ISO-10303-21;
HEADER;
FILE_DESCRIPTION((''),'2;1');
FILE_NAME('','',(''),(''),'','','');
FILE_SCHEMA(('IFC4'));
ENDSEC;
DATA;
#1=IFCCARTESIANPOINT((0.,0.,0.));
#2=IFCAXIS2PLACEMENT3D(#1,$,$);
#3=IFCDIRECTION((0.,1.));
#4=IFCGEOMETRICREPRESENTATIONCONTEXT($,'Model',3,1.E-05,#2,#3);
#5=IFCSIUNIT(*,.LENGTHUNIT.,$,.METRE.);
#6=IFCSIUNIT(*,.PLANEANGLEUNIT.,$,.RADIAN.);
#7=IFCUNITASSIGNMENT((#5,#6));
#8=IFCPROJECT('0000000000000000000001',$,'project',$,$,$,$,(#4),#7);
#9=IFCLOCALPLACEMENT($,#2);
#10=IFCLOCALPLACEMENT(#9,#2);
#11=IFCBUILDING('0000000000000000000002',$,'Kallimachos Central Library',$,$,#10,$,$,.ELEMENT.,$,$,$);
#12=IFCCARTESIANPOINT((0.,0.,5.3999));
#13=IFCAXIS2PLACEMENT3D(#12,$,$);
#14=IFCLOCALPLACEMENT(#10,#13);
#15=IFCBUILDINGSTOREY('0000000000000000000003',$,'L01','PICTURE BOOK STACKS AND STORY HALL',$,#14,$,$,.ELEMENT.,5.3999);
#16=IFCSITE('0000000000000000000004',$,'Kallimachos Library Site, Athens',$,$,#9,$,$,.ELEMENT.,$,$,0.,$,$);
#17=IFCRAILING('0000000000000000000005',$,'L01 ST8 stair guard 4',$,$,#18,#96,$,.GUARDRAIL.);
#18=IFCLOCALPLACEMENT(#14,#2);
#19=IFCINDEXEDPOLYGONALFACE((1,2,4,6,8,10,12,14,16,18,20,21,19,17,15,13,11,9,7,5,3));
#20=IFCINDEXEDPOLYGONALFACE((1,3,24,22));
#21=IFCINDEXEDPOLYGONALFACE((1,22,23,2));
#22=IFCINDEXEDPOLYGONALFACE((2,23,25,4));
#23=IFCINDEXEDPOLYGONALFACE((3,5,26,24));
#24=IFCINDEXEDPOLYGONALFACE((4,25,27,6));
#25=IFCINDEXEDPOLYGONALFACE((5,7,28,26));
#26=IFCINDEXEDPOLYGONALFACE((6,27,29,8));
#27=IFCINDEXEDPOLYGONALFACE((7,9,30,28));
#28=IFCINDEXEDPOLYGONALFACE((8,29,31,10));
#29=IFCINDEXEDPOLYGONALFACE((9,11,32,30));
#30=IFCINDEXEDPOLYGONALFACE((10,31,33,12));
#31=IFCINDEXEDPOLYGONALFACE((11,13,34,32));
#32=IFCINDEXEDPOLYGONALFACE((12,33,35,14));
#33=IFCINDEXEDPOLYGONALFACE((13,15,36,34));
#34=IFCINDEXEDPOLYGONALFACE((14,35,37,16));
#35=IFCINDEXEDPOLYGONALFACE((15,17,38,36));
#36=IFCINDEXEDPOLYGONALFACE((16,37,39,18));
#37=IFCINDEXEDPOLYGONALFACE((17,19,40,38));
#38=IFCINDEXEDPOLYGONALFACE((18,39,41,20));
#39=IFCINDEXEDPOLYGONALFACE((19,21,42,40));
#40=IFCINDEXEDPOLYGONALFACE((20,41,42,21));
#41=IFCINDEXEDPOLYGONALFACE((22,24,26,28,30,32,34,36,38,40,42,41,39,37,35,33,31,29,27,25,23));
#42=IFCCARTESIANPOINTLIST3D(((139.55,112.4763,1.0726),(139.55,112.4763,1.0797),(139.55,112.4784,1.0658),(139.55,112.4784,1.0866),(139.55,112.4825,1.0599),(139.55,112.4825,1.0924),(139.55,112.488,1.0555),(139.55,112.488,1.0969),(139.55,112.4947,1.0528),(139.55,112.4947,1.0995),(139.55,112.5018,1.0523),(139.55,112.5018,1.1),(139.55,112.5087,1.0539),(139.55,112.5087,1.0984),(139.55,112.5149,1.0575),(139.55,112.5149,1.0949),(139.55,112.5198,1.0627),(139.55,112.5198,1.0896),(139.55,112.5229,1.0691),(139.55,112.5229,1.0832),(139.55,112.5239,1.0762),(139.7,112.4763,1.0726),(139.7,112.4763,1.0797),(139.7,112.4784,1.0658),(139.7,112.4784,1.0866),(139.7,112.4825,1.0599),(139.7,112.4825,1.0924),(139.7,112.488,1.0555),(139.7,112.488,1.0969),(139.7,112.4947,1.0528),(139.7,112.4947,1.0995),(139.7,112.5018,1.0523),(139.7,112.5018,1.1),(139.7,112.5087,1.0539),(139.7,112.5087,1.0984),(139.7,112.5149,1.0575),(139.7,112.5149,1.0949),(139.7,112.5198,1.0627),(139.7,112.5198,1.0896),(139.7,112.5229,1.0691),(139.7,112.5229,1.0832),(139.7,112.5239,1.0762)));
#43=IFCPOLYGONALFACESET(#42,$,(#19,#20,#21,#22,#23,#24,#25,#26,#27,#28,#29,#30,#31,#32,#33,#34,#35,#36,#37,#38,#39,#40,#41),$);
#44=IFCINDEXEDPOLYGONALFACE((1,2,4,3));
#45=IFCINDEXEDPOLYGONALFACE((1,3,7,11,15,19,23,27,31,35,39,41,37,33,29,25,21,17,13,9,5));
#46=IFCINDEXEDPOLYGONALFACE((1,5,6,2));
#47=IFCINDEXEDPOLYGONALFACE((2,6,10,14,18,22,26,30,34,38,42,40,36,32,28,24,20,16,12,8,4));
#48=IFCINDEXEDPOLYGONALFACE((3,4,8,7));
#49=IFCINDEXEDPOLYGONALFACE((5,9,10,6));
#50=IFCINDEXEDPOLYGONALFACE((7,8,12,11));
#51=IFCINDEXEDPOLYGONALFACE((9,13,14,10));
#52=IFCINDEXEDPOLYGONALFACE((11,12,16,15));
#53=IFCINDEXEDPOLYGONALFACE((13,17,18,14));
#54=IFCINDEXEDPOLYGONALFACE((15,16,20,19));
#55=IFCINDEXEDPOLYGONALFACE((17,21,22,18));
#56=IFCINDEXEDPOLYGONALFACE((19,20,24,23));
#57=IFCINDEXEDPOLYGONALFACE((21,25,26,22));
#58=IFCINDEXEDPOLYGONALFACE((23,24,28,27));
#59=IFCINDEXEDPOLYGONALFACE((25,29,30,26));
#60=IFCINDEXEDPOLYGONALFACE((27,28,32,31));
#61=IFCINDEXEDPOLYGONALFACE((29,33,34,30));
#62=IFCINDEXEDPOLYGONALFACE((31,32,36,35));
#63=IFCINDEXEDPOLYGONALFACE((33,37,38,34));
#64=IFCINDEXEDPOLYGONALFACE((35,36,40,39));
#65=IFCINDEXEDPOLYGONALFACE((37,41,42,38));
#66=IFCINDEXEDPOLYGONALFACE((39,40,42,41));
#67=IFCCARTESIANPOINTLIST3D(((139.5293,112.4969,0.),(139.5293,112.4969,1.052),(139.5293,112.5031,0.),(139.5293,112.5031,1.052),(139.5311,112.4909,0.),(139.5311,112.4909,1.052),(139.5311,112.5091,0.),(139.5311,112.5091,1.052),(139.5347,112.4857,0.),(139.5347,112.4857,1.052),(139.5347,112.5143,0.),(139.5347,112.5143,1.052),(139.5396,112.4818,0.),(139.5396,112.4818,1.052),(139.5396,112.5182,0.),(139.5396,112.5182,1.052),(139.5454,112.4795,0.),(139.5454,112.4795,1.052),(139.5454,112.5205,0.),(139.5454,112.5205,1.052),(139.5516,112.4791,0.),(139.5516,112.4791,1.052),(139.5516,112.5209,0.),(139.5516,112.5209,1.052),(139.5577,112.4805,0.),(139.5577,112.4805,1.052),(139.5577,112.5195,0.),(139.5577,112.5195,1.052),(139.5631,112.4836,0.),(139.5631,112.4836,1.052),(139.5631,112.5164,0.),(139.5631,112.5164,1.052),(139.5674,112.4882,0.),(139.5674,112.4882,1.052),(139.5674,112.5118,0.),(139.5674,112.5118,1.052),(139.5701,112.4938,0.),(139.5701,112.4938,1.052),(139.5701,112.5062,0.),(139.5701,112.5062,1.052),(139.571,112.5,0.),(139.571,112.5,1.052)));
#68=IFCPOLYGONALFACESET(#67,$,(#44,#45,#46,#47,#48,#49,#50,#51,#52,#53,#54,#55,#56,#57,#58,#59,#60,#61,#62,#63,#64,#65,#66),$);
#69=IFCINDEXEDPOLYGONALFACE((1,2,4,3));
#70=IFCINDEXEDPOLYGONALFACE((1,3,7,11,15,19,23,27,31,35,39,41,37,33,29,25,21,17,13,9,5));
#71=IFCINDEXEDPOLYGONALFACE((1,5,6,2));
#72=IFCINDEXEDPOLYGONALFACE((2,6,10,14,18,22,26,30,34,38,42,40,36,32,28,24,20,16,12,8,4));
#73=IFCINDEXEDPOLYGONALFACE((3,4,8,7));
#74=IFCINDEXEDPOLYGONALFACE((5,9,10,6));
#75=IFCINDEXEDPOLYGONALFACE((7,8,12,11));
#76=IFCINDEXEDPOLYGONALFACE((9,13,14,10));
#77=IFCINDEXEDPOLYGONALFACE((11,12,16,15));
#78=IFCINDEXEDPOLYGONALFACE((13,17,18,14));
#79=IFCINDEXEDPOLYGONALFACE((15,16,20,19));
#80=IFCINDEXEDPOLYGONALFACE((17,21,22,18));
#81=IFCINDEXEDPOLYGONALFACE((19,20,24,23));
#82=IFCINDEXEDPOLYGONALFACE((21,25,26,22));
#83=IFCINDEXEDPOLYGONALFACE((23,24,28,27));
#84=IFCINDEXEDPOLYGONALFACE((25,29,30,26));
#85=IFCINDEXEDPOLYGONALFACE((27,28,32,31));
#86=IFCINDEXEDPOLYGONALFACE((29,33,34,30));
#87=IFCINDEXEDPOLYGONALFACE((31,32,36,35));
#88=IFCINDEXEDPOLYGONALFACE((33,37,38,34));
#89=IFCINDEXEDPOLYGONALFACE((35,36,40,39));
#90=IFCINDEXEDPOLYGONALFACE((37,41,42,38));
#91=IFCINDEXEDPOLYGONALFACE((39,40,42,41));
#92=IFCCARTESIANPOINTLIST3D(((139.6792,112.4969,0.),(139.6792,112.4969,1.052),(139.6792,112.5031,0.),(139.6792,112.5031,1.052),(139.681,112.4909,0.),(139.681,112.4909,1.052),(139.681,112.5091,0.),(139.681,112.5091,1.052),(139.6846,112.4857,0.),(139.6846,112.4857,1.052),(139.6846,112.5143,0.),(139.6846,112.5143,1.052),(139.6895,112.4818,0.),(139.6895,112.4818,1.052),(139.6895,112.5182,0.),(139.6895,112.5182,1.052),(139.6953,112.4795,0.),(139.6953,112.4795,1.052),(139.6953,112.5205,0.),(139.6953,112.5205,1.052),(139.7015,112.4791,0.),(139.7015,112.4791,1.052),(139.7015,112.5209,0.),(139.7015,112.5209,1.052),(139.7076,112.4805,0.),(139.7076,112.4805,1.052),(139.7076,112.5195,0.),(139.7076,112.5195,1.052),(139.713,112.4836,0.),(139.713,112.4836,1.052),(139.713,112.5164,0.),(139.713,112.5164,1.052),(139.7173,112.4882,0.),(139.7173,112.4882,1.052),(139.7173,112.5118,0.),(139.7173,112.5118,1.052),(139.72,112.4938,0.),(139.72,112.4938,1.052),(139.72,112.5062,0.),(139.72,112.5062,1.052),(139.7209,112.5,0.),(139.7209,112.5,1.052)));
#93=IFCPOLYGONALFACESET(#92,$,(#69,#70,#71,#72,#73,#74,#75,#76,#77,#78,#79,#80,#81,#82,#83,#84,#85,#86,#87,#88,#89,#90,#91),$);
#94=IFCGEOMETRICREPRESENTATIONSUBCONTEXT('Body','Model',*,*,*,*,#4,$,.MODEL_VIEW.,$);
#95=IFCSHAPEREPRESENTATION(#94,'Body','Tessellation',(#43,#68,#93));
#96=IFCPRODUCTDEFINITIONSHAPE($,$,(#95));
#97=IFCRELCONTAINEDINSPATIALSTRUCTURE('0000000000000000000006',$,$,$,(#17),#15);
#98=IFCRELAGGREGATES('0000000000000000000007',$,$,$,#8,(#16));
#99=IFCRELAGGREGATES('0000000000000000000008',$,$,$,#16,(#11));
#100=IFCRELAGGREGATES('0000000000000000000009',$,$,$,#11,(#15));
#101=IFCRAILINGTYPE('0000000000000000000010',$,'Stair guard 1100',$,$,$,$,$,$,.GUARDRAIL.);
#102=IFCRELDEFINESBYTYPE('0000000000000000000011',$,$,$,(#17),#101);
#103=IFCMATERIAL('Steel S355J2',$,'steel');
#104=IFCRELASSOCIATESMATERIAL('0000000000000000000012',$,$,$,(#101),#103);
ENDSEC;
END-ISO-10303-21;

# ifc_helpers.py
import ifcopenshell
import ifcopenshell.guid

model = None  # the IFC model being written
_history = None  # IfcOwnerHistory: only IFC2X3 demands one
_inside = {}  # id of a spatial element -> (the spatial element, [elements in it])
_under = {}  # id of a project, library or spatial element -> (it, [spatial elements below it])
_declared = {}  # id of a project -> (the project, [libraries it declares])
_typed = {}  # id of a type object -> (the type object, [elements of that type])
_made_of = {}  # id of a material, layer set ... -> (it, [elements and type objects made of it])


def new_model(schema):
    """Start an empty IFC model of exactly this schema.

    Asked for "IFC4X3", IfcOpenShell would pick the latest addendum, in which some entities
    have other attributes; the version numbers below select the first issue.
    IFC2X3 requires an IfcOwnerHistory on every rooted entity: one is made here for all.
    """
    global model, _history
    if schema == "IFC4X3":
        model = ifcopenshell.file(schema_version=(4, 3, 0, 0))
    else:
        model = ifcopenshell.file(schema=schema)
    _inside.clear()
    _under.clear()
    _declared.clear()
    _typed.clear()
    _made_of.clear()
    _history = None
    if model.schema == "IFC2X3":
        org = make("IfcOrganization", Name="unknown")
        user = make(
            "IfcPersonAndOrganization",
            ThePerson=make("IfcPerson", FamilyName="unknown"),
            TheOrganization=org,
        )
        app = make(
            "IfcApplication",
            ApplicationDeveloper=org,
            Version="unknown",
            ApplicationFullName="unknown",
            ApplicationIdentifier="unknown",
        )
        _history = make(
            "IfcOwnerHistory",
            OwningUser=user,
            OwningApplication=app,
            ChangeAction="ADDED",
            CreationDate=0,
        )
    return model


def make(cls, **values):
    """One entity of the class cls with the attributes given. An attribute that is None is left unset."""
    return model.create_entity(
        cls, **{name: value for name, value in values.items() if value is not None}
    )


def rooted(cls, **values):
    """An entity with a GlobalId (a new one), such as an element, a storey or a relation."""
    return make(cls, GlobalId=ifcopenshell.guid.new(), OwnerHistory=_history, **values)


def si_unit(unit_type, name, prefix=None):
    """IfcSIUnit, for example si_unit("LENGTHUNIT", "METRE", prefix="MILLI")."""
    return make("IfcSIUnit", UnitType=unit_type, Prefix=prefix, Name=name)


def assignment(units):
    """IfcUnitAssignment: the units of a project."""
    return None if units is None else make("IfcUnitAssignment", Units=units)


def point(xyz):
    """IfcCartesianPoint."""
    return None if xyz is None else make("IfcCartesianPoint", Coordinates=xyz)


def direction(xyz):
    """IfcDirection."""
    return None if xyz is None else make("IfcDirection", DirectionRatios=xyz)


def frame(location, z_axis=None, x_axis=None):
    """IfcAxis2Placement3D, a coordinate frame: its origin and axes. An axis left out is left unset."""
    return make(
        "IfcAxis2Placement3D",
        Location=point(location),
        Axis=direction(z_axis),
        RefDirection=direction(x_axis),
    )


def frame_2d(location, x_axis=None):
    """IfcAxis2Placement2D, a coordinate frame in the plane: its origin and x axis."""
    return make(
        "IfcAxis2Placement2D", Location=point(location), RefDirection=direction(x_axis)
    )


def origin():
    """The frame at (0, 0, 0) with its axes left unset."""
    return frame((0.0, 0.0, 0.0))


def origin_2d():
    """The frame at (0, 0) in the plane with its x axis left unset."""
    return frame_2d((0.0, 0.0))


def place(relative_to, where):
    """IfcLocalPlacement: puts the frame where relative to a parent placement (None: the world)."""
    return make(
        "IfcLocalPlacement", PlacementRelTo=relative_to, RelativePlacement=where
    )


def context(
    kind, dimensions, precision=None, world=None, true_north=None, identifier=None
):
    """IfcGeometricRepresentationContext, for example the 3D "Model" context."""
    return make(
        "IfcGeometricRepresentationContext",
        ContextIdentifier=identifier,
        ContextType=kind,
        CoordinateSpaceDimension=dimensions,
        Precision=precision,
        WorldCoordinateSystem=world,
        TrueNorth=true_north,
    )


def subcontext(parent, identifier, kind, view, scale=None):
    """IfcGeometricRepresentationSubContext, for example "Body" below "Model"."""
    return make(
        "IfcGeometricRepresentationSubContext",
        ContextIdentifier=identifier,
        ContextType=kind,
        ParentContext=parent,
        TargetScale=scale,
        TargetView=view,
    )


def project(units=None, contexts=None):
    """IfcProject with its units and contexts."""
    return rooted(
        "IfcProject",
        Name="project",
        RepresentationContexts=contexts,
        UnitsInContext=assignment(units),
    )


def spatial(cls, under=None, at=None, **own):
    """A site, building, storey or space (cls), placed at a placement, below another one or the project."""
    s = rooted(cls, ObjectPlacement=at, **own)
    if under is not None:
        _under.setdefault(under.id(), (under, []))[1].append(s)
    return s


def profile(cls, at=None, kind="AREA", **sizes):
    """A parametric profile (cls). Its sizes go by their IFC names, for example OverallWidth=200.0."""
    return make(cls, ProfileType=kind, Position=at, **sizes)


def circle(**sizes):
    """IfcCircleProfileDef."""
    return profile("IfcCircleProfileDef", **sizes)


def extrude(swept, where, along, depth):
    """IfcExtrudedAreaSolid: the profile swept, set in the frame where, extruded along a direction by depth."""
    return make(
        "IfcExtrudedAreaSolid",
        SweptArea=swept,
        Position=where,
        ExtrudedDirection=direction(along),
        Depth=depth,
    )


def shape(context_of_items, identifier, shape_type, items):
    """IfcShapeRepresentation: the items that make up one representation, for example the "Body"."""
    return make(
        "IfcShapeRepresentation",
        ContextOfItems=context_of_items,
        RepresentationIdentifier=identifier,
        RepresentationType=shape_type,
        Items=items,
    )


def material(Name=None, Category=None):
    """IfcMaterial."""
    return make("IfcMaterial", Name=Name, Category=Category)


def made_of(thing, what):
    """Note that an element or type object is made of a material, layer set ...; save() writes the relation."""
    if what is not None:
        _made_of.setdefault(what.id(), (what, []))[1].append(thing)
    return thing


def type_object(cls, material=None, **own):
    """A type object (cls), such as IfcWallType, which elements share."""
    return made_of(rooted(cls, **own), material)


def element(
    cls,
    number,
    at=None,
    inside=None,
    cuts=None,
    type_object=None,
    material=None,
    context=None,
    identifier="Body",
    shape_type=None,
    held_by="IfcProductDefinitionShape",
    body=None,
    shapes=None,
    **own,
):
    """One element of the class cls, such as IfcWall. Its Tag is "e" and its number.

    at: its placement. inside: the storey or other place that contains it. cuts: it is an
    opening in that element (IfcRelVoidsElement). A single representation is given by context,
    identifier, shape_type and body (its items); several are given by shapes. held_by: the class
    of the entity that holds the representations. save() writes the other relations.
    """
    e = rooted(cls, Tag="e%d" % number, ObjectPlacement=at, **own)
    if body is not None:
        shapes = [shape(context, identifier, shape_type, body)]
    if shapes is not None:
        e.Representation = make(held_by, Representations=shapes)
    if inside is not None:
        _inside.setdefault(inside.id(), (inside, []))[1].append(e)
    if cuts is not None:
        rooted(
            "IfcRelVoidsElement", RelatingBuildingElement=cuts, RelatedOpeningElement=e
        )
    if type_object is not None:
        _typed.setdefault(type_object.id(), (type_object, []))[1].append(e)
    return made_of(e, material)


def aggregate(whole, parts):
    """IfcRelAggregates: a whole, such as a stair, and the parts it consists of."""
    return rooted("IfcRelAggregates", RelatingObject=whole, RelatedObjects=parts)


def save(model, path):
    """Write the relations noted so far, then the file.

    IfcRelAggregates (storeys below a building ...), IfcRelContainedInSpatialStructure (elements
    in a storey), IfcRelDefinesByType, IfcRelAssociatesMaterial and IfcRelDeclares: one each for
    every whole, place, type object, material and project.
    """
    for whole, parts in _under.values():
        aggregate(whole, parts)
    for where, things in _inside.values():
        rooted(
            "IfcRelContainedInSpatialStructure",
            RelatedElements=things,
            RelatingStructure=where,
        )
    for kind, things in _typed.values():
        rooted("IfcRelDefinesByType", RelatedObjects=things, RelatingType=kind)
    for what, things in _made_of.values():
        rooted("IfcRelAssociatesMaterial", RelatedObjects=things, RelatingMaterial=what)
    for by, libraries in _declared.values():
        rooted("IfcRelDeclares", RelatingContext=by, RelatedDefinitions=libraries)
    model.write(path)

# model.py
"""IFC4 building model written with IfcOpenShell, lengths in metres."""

from ifc_helpers import new_model, si_unit, direction, frame, origin, origin_2d, place, context, subcontext, project, spatial, circle, extrude, material, type_object, element, save


model = new_model("IFC4")

# Units and contexts
model_context = context("Model", 3, precision=1e-05, world=origin(), true_north=direction((0.0, 1.0)))
body_context = subcontext(model_context, "Body", "Model", "MODEL_VIEW")
ifc_project = project(units=[si_unit("LENGTHUNIT", "METRE"), si_unit("PLANEANGLEUNIT", "RADIAN")], contexts=[model_context])

# Site, building, storey
site_placement = place(None, origin())
site = spatial("IfcSite", under=ifc_project, at=site_placement, Name="Kallimachos Library Site, Athens", CompositionType="ELEMENT", RefElevation=0.0)
building_placement = place(site_placement, origin())
building = spatial("IfcBuilding", under=site, at=building_placement, Name="Kallimachos Central Library", CompositionType="ELEMENT")
storey_placement = place(building_placement, frame((0.0, 0.0, 5.3999)))
storey = spatial("IfcBuildingStorey", under=building, at=storey_placement, Name="L01", Description="PICTURE BOOK STACKS AND STORY HALL", CompositionType="ELEMENT", Elevation=5.3999)

# Railing
ifc_material_1 = material(Name="Steel S355J2", Category="steel")
railing_type_1 = type_object("IfcRailingType", Name="Stair guard 1100", PredefinedType="GUARDRAIL", material=ifc_material_1)
railing_1_placement = place(storey_placement, frame((139.55, 112.5, 0.0)))
element("IfcRailing", 1, at=railing_1_placement, inside=storey, type_object=railing_type_1, Name="L01 ST8 stair guard 4", PredefinedType="GUARDRAIL", context=body_context, shape_type="SweptSolid", body=[
    extrude(circle(Radius=0.0239, at=origin_2d()), frame((0.0, 0.0, 1.0762), z_axis=(1.0, 0.0, 0.0), x_axis=(0.0, 1.0, 0.0)), (0.0, 0.0, 1.0), 0.1499),
    extrude(circle(Radius=0.021, at=origin_2d()), origin(), (0.0, 0.0, 1.0), 1.052),
    extrude(circle(Radius=0.021, at=origin_2d()), frame((0.1499, 0.0, 0.0)), (0.0, 0.0, 1.0), 1.052),
])

save(model, "model.ifc")
